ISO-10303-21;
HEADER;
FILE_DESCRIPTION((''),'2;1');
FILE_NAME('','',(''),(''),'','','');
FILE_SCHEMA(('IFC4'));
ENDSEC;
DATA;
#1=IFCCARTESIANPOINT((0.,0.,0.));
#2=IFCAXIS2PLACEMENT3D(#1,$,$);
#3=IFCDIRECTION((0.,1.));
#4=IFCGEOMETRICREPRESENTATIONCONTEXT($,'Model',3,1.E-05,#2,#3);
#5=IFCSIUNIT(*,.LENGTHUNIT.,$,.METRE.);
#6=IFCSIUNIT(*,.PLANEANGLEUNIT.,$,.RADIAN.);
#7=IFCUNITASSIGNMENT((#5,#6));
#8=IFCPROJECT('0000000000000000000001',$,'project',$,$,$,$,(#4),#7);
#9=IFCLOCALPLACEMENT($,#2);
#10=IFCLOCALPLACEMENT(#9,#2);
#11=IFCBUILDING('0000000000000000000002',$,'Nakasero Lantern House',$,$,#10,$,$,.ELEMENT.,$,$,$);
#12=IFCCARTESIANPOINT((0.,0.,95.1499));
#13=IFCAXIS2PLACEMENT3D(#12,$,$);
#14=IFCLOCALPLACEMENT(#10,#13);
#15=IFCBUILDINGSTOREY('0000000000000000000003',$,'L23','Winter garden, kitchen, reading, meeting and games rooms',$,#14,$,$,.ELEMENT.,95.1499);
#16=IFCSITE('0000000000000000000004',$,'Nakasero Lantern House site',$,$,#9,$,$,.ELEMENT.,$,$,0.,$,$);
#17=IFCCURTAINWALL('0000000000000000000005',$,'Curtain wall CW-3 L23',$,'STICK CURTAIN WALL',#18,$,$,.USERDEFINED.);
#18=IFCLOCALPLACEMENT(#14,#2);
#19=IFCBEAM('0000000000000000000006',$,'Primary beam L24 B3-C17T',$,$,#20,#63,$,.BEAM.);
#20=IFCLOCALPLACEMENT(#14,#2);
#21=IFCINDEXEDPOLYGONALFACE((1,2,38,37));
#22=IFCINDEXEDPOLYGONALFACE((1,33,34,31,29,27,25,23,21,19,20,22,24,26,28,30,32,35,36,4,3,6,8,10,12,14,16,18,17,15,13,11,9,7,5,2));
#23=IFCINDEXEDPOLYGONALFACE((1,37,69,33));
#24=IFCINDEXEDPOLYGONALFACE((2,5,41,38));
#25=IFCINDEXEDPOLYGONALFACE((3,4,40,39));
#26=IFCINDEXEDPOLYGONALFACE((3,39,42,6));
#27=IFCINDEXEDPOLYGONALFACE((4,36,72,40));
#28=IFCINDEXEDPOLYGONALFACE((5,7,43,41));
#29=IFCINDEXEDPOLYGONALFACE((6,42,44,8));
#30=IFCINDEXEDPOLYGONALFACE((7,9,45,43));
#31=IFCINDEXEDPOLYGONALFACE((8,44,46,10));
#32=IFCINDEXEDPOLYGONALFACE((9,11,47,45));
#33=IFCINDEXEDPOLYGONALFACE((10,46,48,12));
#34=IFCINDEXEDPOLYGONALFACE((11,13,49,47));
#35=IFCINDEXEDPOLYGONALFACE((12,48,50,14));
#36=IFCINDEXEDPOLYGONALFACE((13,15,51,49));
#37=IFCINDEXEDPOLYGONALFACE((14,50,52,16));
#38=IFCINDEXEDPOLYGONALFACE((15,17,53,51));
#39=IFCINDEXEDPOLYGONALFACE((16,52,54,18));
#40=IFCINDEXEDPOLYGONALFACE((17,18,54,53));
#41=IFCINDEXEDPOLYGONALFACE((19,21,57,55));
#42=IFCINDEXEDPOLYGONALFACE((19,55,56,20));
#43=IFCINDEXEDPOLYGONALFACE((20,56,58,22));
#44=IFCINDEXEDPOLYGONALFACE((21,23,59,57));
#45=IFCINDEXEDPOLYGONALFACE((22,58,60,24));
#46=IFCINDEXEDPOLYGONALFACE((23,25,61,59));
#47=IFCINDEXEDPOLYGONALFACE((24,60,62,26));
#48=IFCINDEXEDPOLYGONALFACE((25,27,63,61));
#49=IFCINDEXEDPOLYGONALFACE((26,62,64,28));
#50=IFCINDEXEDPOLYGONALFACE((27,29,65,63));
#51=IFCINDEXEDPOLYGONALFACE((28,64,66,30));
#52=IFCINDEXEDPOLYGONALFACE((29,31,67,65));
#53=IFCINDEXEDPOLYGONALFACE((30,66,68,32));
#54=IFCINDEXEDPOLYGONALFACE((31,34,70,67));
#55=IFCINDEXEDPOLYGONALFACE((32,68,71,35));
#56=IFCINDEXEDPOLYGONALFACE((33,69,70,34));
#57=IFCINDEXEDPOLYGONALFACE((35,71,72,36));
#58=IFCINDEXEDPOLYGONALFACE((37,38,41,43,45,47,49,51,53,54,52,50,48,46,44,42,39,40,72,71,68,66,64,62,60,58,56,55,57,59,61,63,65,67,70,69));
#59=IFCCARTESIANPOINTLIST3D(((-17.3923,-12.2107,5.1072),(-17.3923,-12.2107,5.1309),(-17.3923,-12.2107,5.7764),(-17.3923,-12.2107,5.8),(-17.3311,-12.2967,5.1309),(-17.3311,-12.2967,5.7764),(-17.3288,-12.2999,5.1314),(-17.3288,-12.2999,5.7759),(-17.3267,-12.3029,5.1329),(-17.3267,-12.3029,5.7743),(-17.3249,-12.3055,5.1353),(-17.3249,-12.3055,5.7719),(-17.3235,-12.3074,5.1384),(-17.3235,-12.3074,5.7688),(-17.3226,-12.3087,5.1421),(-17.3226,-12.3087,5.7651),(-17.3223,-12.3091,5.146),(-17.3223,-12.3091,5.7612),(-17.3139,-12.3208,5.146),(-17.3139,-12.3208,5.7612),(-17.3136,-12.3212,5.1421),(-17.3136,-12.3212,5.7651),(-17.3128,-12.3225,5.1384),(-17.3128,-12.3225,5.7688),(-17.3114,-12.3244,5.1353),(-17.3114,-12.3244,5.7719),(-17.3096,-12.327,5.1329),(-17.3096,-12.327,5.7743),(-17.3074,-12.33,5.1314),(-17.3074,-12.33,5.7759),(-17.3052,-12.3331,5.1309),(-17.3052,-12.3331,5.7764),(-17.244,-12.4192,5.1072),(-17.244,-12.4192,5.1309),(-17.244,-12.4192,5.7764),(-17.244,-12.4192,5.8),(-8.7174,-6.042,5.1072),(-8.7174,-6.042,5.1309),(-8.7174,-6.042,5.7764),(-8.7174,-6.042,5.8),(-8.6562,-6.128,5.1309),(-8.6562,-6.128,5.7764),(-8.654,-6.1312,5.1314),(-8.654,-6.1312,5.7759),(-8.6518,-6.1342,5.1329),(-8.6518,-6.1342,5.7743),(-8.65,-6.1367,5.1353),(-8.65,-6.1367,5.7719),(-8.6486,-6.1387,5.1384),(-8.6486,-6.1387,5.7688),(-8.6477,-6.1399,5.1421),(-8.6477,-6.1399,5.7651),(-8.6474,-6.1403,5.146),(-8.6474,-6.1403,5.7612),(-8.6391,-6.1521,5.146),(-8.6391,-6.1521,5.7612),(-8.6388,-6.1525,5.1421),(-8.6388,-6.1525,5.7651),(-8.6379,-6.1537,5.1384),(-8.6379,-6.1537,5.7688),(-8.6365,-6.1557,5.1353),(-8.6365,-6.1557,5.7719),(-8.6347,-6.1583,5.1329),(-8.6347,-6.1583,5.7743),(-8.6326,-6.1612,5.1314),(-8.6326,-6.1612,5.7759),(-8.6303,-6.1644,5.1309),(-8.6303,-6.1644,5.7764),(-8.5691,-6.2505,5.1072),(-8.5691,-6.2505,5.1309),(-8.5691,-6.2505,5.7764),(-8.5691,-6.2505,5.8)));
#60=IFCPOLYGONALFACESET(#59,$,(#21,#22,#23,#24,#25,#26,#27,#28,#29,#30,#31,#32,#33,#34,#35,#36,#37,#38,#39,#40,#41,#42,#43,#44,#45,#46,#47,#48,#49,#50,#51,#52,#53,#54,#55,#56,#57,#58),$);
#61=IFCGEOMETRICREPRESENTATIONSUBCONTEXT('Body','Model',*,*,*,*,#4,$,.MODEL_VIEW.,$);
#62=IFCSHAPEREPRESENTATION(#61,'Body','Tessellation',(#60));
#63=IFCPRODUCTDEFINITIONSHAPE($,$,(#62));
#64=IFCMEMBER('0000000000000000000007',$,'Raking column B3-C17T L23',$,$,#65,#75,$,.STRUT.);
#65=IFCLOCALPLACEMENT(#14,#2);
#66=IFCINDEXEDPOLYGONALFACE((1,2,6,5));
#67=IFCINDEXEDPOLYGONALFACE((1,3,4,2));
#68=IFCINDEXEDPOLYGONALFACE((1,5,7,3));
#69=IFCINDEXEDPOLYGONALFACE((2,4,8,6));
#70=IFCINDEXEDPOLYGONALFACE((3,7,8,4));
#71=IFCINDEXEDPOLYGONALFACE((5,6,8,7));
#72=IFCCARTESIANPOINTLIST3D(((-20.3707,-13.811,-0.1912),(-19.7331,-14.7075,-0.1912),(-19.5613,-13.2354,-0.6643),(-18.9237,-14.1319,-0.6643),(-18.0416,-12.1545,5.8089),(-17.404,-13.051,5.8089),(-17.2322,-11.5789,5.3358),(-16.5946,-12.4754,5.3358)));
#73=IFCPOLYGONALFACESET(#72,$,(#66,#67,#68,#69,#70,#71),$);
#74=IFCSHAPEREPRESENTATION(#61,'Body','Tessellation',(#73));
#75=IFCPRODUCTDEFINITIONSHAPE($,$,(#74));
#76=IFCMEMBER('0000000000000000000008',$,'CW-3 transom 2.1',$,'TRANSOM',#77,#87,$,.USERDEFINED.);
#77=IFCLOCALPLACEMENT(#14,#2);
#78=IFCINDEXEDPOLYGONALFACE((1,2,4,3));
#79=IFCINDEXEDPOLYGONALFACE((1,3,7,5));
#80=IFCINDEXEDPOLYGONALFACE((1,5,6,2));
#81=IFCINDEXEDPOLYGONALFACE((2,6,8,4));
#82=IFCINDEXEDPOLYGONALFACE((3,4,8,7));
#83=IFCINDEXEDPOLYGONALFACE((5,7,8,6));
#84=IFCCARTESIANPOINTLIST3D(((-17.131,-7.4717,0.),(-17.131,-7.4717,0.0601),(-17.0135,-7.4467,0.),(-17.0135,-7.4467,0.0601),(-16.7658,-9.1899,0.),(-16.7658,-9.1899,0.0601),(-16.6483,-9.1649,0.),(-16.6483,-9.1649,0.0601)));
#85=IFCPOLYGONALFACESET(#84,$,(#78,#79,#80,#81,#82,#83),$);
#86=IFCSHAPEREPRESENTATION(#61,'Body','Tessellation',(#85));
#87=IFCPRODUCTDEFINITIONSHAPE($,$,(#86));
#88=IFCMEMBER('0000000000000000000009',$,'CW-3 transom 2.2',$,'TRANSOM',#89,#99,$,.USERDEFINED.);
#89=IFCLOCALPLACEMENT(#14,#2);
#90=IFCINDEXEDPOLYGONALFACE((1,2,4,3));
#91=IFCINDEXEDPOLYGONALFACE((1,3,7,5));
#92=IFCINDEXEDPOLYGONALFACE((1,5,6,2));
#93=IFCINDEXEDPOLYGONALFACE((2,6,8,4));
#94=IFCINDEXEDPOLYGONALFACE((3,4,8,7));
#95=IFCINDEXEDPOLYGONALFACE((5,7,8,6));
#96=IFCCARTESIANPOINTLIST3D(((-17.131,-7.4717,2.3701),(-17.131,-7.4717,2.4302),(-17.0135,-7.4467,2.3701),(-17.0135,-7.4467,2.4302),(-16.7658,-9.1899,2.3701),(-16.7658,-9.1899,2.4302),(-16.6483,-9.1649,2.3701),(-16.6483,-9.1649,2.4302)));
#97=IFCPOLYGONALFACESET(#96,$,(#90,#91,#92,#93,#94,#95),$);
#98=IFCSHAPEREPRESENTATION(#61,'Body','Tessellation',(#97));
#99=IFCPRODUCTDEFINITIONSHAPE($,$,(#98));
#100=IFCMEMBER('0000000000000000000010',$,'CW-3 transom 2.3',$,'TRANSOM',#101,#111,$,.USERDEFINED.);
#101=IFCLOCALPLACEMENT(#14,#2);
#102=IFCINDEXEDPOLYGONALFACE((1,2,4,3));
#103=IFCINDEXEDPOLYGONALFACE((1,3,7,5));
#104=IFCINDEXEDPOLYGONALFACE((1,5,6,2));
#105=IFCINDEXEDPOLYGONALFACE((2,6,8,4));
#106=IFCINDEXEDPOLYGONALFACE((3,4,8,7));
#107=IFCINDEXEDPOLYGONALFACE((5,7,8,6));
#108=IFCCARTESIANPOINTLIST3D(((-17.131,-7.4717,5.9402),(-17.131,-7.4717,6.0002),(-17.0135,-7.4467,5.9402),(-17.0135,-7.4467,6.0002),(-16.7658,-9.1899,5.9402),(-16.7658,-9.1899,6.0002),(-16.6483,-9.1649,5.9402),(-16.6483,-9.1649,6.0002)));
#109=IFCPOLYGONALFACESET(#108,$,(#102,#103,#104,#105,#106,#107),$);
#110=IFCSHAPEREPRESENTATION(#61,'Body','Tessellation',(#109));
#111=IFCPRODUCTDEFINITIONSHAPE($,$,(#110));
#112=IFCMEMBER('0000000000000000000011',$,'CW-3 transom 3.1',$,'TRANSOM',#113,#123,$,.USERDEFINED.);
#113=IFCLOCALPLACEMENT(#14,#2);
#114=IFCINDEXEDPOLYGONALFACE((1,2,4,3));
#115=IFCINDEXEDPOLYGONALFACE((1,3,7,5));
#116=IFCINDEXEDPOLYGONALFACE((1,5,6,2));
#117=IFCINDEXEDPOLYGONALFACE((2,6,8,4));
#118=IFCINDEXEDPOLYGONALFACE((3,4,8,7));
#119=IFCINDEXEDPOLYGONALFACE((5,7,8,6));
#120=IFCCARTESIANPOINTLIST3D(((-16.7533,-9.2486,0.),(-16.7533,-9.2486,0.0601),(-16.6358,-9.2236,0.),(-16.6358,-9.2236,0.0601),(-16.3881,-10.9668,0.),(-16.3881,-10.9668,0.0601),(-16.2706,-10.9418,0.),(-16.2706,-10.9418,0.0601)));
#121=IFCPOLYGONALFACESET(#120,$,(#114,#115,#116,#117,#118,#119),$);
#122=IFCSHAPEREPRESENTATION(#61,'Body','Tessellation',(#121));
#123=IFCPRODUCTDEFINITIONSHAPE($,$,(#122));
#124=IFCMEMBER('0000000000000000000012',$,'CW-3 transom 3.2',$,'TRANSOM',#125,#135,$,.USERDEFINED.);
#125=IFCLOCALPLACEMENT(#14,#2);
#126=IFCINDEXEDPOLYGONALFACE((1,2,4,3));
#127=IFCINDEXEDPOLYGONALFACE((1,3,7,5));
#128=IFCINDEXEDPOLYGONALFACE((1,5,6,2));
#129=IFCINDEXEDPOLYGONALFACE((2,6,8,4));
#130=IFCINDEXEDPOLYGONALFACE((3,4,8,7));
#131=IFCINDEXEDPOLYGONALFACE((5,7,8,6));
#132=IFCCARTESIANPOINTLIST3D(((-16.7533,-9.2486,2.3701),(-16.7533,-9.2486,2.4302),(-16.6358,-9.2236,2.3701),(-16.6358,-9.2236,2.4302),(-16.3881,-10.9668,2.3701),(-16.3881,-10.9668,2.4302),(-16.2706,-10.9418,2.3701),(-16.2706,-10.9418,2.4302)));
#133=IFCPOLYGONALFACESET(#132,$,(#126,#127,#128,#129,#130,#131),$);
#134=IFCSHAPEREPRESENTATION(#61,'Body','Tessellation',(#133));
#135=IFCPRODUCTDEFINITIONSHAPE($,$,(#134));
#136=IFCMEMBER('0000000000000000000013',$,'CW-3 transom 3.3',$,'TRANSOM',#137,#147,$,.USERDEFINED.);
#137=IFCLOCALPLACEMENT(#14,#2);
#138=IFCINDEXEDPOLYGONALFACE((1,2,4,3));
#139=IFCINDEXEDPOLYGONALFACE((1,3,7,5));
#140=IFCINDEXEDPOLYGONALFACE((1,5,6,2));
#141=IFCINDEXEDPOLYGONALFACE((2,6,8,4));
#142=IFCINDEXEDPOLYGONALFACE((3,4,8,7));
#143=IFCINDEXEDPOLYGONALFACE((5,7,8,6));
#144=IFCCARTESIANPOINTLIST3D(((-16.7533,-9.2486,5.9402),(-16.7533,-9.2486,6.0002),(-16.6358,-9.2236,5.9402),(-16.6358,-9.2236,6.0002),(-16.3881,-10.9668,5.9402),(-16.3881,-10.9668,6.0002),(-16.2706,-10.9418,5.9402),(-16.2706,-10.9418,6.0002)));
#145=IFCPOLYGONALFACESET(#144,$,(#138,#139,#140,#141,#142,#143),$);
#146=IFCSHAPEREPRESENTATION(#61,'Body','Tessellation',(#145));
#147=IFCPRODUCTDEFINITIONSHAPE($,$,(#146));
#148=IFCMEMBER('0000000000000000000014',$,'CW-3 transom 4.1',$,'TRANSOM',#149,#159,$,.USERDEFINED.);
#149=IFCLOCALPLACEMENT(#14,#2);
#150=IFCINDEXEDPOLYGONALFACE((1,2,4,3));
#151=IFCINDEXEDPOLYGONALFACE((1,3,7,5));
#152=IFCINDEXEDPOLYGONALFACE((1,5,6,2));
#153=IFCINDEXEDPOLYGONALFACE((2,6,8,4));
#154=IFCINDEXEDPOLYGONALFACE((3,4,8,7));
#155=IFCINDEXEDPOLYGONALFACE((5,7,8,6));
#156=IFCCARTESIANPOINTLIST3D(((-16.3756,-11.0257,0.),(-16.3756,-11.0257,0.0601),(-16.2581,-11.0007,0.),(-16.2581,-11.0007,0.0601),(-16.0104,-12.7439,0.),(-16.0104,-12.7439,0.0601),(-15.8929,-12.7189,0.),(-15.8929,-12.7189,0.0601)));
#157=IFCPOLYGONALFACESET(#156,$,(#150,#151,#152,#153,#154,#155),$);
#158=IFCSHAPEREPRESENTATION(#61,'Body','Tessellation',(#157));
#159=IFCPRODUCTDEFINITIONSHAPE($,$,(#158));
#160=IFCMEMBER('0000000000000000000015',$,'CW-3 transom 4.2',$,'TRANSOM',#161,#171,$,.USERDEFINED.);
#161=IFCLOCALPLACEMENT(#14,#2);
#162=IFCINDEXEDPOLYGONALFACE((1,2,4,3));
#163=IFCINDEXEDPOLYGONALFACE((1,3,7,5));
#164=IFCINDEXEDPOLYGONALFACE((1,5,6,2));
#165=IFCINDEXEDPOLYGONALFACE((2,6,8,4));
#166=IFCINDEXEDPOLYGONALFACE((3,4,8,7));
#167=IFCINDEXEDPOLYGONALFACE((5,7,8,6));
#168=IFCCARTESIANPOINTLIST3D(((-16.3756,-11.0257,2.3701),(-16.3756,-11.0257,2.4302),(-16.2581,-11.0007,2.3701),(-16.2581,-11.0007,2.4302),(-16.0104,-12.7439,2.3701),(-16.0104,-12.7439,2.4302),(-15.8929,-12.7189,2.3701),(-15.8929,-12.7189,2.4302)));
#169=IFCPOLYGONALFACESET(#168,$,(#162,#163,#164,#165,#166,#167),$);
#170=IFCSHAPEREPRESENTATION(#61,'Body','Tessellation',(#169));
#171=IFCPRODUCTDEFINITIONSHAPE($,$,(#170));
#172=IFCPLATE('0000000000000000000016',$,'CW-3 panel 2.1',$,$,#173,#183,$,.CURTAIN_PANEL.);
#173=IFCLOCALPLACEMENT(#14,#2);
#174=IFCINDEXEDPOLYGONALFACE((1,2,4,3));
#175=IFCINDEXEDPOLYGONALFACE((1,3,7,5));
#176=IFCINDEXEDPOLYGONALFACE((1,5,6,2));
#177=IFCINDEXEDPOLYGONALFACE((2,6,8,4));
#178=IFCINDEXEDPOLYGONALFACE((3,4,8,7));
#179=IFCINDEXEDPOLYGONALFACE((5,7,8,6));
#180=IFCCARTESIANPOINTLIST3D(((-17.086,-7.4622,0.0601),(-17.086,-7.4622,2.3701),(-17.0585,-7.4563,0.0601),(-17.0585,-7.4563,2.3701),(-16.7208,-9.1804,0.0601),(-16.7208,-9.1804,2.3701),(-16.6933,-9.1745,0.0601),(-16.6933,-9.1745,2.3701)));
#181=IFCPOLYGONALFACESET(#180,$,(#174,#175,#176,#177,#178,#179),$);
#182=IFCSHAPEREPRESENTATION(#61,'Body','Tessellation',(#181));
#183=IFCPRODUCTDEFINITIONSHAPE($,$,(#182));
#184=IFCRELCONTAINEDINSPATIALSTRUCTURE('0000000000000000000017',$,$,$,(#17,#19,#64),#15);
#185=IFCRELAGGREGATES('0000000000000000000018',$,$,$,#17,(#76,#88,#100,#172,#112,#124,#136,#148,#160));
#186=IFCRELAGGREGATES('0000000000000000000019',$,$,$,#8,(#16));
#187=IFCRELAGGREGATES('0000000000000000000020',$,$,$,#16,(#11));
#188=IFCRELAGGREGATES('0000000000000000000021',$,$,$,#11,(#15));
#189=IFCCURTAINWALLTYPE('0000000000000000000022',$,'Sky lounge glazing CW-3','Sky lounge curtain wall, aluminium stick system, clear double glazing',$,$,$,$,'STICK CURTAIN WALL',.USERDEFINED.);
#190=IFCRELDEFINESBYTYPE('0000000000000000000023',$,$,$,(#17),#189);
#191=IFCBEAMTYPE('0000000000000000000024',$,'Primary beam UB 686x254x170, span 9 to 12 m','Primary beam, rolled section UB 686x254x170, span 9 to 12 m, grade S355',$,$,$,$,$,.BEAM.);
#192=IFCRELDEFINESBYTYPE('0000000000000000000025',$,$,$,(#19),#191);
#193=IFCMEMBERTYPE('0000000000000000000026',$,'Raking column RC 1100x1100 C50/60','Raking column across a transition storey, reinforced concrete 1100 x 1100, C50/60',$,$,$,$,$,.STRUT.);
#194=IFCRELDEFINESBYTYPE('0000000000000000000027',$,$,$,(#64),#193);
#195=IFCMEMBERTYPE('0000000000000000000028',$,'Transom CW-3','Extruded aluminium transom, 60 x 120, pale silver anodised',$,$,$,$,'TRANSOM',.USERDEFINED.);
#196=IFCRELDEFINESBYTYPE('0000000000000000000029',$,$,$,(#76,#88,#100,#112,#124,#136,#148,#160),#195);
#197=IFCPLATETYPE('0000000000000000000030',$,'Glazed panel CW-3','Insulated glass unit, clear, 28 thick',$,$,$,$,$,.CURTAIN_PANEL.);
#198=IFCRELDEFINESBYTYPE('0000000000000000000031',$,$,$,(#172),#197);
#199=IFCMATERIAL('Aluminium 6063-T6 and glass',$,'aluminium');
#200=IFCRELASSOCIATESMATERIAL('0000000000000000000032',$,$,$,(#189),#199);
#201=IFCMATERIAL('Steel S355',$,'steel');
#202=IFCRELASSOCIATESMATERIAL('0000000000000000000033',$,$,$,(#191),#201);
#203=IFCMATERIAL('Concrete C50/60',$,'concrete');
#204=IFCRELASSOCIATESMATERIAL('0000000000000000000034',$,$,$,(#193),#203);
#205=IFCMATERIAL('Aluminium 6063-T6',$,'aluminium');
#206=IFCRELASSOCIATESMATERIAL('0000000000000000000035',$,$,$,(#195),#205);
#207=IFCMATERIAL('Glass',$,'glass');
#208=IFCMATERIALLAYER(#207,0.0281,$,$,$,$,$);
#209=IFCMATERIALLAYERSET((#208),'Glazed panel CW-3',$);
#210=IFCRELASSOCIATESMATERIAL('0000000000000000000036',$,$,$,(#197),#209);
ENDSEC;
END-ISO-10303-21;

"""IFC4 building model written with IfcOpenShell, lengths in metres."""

from ifc_helpers import new_model, si_unit, direction, frame, origin, origin_2d, place, context, subcontext, project, spatial, rectangle, i_section, extrude, material, layer, layer_set, material_profile, profile_set, type_object, element, aggregate, save


model = new_model("IFC4")

# Units and contexts
model_context = context("Model", 3, precision=1e-05, world=origin(), true_north=direction((0.0, 1.0)))
body_context = subcontext(model_context, "Body", "Model", "MODEL_VIEW")
ifc_project = project(units=[si_unit("LENGTHUNIT", "METRE"), si_unit("PLANEANGLEUNIT", "RADIAN")], contexts=[model_context])

# Site, building, storey
site_placement = place(None, origin())
site = spatial("IfcSite", under=ifc_project, at=site_placement, Name="Nakasero Lantern House site", CompositionType="ELEMENT", RefElevation=0.0)
building_placement = place(site_placement, origin())
building = spatial("IfcBuilding", under=site, at=building_placement, Name="Nakasero Lantern House", CompositionType="ELEMENT")
storey_placement = place(building_placement, frame((0.0, 0.0, 95.1499)))
storey = spatial("IfcBuildingStorey", under=building, at=storey_placement, Name="L23", Description="Winter garden, kitchen, reading, meeting and games rooms", CompositionType="ELEMENT", Elevation=95.1499)

# Curtain wall
ifc_material_1 = material(Name="Aluminium 6063-T6 and glass", Category="aluminium")
curtain_wall_type = type_object("IfcCurtainWallType", Name="Sky lounge glazing CW-3", Description="Sky lounge curtain wall, aluminium stick system, clear double glazing", ElementType="STICK CURTAIN WALL", PredefinedType="USERDEFINED", material=ifc_material_1)
curtain_wall_placement = place(storey_placement, origin())
curtain_wall = element("IfcCurtainWall", 1, at=curtain_wall_placement, inside=storey, type_object=curtain_wall_type, Name="Curtain wall CW-3 L23", ObjectType="STICK CURTAIN WALL", PredefinedType="USERDEFINED")

# Beam
ifc_material_2 = material(Name="Steel S355", Category="steel")
ifc_material_profile_1 = material_profile(ifc_material_2, i_section(OverallWidth=0.2559, OverallDepth=0.6929, WebThickness=0.0144, FlangeThickness=0.0237, FilletRadius=0.0151, at=origin_2d()), Name="UB 686x254x170")
ifc_profile_set_1 = profile_set([ifc_material_profile_1], Name="Steel S355")
beam_type_1 = type_object("IfcBeamType", Name="Primary beam UB 686x254x170, span 9 to 12 m", Description="Primary beam, rolled section UB 686x254x170, span 9 to 12 m, grade S355", PredefinedType="BEAM", material=ifc_profile_set_1)
beam_1_placement = place(storey_placement, frame((-17.3181, -12.3149, 5.4536), z_axis=(0.814957, 0.579521, 0.0), x_axis=(-0.579521, 0.814957, 0.0)))
element("IfcBeam", 2, at=beam_1_placement, inside=storey, type_object=beam_type_1, Name="Primary beam L24 B3-C17T", PredefinedType="BEAM", context=body_context, shape_type="SweptSolid", body=[
    extrude(i_section(OverallWidth=0.2559, OverallDepth=0.6929, WebThickness=0.0144, FlangeThickness=0.0237, FilletRadius=0.0151, at=origin_2d()), origin(), (0.0, 0.0, 1.0), 10.6445),
])

# Members
ifc_material_3 = material(Name="Concrete C50/60", Category="concrete")
ifc_material_profile_2 = material_profile(ifc_material_3, rectangle(XDim=1.1001, YDim=1.1001, at=origin_2d()), Name="RC 1100x1100")
ifc_profile_set_2 = profile_set([ifc_material_profile_2], Name="Concrete C50/60")
member_type_1 = type_object("IfcMemberType", Name="Raking column RC 1100x1100 C50/60", Description="Raking column across a transition storey, reinforced concrete 1100 x 1100, C50/60", PredefinedType="STRUT", material=ifc_profile_set_2)
member_1_placement = place(storey_placement, frame((-19.6472, -13.9714, -0.4277), z_axis=(0.350454, 0.249249, 0.902805), x_axis=(-0.579581, 0.814915, 0.0)))
element("IfcMember", 3, at=member_1_placement, inside=storey, type_object=member_type_1, Name="Raking column B3-C17T L23", PredefinedType="STRUT", context=body_context, shape_type="SweptSolid", body=[
    extrude(rectangle(XDim=1.1001, YDim=1.1001, at=origin_2d()), origin(), (0.0, 0.0, 1.0), 6.646),
])
ifc_material_4 = material(Name="Aluminium 6063-T6", Category="aluminium")
ifc_material_profile_3 = material_profile(ifc_material_4, rectangle(XDim=0.0601, YDim=0.1201, at=origin_2d()), Name="CW-3 transom 60x120")
ifc_profile_set_3 = profile_set([ifc_material_profile_3], Name="Aluminium 6063-T6")
member_type_2 = type_object("IfcMemberType", Name="Transom CW-3", Description="Extruded aluminium transom, 60 x 120, pale silver anodised", ElementType="TRANSOM", PredefinedType="USERDEFINED", material=ifc_profile_set_3)
member_2_placement = place(storey_placement, frame((-17.0723, -7.4592, 0.03), z_axis=(0.207915, -0.978147, 0.0), x_axis=(0.0, 0.0, 1.0)))
member_2 = element("IfcMember", 4, at=member_2_placement, type_object=member_type_2, Name="CW-3 transom 2.1", ObjectType="TRANSOM", PredefinedType="USERDEFINED", context=body_context, shape_type="SweptSolid", body=[
    extrude(rectangle(XDim=0.0601, YDim=0.1201, at=origin_2d()), origin(), (0.0, 0.0, 1.0), 1.7566),
])
member_3_placement = place(storey_placement, frame((-17.0723, -7.4592, 2.4001), z_axis=(0.207915, -0.978147, 0.0), x_axis=(0.0, 0.0, 1.0)))
member_3 = element("IfcMember", 5, at=member_3_placement, type_object=member_type_2, Name="CW-3 transom 2.2", ObjectType="TRANSOM", PredefinedType="USERDEFINED", context=body_context, shape_type="SweptSolid", body=[
    extrude(rectangle(XDim=0.0601, YDim=0.1201, at=origin_2d()), origin(), (0.0, 0.0, 1.0), 1.7566),
])
member_4_placement = place(storey_placement, frame((-17.0723, -7.4592, 5.9702), z_axis=(0.207915, -0.978147, 0.0), x_axis=(0.0, 0.0, 1.0)))
member_4 = element("IfcMember", 6, at=member_4_placement, type_object=member_type_2, Name="CW-3 transom 2.3", ObjectType="TRANSOM", PredefinedType="USERDEFINED", context=body_context, shape_type="SweptSolid", body=[
    extrude(rectangle(XDim=0.0601, YDim=0.1201, at=origin_2d()), origin(), (0.0, 0.0, 1.0), 1.7566),
])
member_5_placement = place(storey_placement, frame((-16.6946, -9.2361, 0.03), z_axis=(0.207915, -0.978147, 0.0), x_axis=(0.0, 0.0, 1.0)))
member_5 = element("IfcMember", 7, at=member_5_placement, type_object=member_type_2, Name="CW-3 transom 3.1", ObjectType="TRANSOM", PredefinedType="USERDEFINED", context=body_context, shape_type="SweptSolid", body=[
    extrude(rectangle(XDim=0.0601, YDim=0.1201, at=origin_2d()), origin(), (0.0, 0.0, 1.0), 1.7566),
])
member_6_placement = place(storey_placement, frame((-16.6946, -9.2361, 2.4001), z_axis=(0.207915, -0.978147, 0.0), x_axis=(0.0, 0.0, 1.0)))
member_6 = element("IfcMember", 8, at=member_6_placement, type_object=member_type_2, Name="CW-3 transom 3.2", ObjectType="TRANSOM", PredefinedType="USERDEFINED", context=body_context, shape_type="SweptSolid", body=[
    extrude(rectangle(XDim=0.0601, YDim=0.1201, at=origin_2d()), origin(), (0.0, 0.0, 1.0), 1.7566),
])
member_7_placement = place(storey_placement, frame((-16.6946, -9.2361, 5.9702), z_axis=(0.207915, -0.978147, 0.0), x_axis=(0.0, 0.0, 1.0)))
member_7 = element("IfcMember", 9, at=member_7_placement, type_object=member_type_2, Name="CW-3 transom 3.3", ObjectType="TRANSOM", PredefinedType="USERDEFINED", context=body_context, shape_type="SweptSolid", body=[
    extrude(rectangle(XDim=0.0601, YDim=0.1201, at=origin_2d()), origin(), (0.0, 0.0, 1.0), 1.7566),
])
member_8_placement = place(storey_placement, frame((-16.3169, -11.0132, 0.03), z_axis=(0.207915, -0.978147, 0.0), x_axis=(0.0, 0.0, 1.0)))
member_8 = element("IfcMember", 10, at=member_8_placement, type_object=member_type_2, Name="CW-3 transom 4.1", ObjectType="TRANSOM", PredefinedType="USERDEFINED", context=body_context, shape_type="SweptSolid", body=[
    extrude(rectangle(XDim=0.0601, YDim=0.1201, at=origin_2d()), origin(), (0.0, 0.0, 1.0), 1.7566),
])
member_9_placement = place(storey_placement, frame((-16.3169, -11.0132, 2.4001), z_axis=(0.207915, -0.978147, 0.0), x_axis=(0.0, 0.0, 1.0)))
member_9 = element("IfcMember", 11, at=member_9_placement, type_object=member_type_2, Name="CW-3 transom 4.2", ObjectType="TRANSOM", PredefinedType="USERDEFINED", context=body_context, shape_type="SweptSolid", body=[
    extrude(rectangle(XDim=0.0601, YDim=0.1201, at=origin_2d()), origin(), (0.0, 0.0, 1.0), 1.7566),
])

# Plate
ifc_material_5 = material(Name="Glass", Category="glass")
ifc_layer_1 = layer(ifc_material_5, 0.0281)
ifc_layer_set_1 = layer_set([ifc_layer_1], Name="Glazed panel CW-3")
plate_type_1 = type_object("IfcPlateType", Name="Glazed panel CW-3", Description="Insulated glass unit, clear, 28 thick", PredefinedType="CURTAIN_PANEL", material=ifc_layer_set_1)
plate_1_placement = place(storey_placement, frame((-16.8896, -8.3184, 0.0601), z_axis=(0.0, 0.0, 1.0), x_axis=(0.207912, -0.978148, 0.0)))
plate_1 = element("IfcPlate", 12, at=plate_1_placement, type_object=plate_type_1, Name="CW-3 panel 2.1", PredefinedType="CURTAIN_PANEL", context=body_context, shape_type="SweptSolid", body=[
    extrude(rectangle(XDim=1.7566, YDim=0.0281, at=origin_2d()), origin(), (0.0, 0.0, 1.0), 2.3101),
])
aggregate(curtain_wall, [member_2, member_3, member_4, plate_1, member_5, member_6, member_7, member_8, member_9])

save(model, "model.ifc")
